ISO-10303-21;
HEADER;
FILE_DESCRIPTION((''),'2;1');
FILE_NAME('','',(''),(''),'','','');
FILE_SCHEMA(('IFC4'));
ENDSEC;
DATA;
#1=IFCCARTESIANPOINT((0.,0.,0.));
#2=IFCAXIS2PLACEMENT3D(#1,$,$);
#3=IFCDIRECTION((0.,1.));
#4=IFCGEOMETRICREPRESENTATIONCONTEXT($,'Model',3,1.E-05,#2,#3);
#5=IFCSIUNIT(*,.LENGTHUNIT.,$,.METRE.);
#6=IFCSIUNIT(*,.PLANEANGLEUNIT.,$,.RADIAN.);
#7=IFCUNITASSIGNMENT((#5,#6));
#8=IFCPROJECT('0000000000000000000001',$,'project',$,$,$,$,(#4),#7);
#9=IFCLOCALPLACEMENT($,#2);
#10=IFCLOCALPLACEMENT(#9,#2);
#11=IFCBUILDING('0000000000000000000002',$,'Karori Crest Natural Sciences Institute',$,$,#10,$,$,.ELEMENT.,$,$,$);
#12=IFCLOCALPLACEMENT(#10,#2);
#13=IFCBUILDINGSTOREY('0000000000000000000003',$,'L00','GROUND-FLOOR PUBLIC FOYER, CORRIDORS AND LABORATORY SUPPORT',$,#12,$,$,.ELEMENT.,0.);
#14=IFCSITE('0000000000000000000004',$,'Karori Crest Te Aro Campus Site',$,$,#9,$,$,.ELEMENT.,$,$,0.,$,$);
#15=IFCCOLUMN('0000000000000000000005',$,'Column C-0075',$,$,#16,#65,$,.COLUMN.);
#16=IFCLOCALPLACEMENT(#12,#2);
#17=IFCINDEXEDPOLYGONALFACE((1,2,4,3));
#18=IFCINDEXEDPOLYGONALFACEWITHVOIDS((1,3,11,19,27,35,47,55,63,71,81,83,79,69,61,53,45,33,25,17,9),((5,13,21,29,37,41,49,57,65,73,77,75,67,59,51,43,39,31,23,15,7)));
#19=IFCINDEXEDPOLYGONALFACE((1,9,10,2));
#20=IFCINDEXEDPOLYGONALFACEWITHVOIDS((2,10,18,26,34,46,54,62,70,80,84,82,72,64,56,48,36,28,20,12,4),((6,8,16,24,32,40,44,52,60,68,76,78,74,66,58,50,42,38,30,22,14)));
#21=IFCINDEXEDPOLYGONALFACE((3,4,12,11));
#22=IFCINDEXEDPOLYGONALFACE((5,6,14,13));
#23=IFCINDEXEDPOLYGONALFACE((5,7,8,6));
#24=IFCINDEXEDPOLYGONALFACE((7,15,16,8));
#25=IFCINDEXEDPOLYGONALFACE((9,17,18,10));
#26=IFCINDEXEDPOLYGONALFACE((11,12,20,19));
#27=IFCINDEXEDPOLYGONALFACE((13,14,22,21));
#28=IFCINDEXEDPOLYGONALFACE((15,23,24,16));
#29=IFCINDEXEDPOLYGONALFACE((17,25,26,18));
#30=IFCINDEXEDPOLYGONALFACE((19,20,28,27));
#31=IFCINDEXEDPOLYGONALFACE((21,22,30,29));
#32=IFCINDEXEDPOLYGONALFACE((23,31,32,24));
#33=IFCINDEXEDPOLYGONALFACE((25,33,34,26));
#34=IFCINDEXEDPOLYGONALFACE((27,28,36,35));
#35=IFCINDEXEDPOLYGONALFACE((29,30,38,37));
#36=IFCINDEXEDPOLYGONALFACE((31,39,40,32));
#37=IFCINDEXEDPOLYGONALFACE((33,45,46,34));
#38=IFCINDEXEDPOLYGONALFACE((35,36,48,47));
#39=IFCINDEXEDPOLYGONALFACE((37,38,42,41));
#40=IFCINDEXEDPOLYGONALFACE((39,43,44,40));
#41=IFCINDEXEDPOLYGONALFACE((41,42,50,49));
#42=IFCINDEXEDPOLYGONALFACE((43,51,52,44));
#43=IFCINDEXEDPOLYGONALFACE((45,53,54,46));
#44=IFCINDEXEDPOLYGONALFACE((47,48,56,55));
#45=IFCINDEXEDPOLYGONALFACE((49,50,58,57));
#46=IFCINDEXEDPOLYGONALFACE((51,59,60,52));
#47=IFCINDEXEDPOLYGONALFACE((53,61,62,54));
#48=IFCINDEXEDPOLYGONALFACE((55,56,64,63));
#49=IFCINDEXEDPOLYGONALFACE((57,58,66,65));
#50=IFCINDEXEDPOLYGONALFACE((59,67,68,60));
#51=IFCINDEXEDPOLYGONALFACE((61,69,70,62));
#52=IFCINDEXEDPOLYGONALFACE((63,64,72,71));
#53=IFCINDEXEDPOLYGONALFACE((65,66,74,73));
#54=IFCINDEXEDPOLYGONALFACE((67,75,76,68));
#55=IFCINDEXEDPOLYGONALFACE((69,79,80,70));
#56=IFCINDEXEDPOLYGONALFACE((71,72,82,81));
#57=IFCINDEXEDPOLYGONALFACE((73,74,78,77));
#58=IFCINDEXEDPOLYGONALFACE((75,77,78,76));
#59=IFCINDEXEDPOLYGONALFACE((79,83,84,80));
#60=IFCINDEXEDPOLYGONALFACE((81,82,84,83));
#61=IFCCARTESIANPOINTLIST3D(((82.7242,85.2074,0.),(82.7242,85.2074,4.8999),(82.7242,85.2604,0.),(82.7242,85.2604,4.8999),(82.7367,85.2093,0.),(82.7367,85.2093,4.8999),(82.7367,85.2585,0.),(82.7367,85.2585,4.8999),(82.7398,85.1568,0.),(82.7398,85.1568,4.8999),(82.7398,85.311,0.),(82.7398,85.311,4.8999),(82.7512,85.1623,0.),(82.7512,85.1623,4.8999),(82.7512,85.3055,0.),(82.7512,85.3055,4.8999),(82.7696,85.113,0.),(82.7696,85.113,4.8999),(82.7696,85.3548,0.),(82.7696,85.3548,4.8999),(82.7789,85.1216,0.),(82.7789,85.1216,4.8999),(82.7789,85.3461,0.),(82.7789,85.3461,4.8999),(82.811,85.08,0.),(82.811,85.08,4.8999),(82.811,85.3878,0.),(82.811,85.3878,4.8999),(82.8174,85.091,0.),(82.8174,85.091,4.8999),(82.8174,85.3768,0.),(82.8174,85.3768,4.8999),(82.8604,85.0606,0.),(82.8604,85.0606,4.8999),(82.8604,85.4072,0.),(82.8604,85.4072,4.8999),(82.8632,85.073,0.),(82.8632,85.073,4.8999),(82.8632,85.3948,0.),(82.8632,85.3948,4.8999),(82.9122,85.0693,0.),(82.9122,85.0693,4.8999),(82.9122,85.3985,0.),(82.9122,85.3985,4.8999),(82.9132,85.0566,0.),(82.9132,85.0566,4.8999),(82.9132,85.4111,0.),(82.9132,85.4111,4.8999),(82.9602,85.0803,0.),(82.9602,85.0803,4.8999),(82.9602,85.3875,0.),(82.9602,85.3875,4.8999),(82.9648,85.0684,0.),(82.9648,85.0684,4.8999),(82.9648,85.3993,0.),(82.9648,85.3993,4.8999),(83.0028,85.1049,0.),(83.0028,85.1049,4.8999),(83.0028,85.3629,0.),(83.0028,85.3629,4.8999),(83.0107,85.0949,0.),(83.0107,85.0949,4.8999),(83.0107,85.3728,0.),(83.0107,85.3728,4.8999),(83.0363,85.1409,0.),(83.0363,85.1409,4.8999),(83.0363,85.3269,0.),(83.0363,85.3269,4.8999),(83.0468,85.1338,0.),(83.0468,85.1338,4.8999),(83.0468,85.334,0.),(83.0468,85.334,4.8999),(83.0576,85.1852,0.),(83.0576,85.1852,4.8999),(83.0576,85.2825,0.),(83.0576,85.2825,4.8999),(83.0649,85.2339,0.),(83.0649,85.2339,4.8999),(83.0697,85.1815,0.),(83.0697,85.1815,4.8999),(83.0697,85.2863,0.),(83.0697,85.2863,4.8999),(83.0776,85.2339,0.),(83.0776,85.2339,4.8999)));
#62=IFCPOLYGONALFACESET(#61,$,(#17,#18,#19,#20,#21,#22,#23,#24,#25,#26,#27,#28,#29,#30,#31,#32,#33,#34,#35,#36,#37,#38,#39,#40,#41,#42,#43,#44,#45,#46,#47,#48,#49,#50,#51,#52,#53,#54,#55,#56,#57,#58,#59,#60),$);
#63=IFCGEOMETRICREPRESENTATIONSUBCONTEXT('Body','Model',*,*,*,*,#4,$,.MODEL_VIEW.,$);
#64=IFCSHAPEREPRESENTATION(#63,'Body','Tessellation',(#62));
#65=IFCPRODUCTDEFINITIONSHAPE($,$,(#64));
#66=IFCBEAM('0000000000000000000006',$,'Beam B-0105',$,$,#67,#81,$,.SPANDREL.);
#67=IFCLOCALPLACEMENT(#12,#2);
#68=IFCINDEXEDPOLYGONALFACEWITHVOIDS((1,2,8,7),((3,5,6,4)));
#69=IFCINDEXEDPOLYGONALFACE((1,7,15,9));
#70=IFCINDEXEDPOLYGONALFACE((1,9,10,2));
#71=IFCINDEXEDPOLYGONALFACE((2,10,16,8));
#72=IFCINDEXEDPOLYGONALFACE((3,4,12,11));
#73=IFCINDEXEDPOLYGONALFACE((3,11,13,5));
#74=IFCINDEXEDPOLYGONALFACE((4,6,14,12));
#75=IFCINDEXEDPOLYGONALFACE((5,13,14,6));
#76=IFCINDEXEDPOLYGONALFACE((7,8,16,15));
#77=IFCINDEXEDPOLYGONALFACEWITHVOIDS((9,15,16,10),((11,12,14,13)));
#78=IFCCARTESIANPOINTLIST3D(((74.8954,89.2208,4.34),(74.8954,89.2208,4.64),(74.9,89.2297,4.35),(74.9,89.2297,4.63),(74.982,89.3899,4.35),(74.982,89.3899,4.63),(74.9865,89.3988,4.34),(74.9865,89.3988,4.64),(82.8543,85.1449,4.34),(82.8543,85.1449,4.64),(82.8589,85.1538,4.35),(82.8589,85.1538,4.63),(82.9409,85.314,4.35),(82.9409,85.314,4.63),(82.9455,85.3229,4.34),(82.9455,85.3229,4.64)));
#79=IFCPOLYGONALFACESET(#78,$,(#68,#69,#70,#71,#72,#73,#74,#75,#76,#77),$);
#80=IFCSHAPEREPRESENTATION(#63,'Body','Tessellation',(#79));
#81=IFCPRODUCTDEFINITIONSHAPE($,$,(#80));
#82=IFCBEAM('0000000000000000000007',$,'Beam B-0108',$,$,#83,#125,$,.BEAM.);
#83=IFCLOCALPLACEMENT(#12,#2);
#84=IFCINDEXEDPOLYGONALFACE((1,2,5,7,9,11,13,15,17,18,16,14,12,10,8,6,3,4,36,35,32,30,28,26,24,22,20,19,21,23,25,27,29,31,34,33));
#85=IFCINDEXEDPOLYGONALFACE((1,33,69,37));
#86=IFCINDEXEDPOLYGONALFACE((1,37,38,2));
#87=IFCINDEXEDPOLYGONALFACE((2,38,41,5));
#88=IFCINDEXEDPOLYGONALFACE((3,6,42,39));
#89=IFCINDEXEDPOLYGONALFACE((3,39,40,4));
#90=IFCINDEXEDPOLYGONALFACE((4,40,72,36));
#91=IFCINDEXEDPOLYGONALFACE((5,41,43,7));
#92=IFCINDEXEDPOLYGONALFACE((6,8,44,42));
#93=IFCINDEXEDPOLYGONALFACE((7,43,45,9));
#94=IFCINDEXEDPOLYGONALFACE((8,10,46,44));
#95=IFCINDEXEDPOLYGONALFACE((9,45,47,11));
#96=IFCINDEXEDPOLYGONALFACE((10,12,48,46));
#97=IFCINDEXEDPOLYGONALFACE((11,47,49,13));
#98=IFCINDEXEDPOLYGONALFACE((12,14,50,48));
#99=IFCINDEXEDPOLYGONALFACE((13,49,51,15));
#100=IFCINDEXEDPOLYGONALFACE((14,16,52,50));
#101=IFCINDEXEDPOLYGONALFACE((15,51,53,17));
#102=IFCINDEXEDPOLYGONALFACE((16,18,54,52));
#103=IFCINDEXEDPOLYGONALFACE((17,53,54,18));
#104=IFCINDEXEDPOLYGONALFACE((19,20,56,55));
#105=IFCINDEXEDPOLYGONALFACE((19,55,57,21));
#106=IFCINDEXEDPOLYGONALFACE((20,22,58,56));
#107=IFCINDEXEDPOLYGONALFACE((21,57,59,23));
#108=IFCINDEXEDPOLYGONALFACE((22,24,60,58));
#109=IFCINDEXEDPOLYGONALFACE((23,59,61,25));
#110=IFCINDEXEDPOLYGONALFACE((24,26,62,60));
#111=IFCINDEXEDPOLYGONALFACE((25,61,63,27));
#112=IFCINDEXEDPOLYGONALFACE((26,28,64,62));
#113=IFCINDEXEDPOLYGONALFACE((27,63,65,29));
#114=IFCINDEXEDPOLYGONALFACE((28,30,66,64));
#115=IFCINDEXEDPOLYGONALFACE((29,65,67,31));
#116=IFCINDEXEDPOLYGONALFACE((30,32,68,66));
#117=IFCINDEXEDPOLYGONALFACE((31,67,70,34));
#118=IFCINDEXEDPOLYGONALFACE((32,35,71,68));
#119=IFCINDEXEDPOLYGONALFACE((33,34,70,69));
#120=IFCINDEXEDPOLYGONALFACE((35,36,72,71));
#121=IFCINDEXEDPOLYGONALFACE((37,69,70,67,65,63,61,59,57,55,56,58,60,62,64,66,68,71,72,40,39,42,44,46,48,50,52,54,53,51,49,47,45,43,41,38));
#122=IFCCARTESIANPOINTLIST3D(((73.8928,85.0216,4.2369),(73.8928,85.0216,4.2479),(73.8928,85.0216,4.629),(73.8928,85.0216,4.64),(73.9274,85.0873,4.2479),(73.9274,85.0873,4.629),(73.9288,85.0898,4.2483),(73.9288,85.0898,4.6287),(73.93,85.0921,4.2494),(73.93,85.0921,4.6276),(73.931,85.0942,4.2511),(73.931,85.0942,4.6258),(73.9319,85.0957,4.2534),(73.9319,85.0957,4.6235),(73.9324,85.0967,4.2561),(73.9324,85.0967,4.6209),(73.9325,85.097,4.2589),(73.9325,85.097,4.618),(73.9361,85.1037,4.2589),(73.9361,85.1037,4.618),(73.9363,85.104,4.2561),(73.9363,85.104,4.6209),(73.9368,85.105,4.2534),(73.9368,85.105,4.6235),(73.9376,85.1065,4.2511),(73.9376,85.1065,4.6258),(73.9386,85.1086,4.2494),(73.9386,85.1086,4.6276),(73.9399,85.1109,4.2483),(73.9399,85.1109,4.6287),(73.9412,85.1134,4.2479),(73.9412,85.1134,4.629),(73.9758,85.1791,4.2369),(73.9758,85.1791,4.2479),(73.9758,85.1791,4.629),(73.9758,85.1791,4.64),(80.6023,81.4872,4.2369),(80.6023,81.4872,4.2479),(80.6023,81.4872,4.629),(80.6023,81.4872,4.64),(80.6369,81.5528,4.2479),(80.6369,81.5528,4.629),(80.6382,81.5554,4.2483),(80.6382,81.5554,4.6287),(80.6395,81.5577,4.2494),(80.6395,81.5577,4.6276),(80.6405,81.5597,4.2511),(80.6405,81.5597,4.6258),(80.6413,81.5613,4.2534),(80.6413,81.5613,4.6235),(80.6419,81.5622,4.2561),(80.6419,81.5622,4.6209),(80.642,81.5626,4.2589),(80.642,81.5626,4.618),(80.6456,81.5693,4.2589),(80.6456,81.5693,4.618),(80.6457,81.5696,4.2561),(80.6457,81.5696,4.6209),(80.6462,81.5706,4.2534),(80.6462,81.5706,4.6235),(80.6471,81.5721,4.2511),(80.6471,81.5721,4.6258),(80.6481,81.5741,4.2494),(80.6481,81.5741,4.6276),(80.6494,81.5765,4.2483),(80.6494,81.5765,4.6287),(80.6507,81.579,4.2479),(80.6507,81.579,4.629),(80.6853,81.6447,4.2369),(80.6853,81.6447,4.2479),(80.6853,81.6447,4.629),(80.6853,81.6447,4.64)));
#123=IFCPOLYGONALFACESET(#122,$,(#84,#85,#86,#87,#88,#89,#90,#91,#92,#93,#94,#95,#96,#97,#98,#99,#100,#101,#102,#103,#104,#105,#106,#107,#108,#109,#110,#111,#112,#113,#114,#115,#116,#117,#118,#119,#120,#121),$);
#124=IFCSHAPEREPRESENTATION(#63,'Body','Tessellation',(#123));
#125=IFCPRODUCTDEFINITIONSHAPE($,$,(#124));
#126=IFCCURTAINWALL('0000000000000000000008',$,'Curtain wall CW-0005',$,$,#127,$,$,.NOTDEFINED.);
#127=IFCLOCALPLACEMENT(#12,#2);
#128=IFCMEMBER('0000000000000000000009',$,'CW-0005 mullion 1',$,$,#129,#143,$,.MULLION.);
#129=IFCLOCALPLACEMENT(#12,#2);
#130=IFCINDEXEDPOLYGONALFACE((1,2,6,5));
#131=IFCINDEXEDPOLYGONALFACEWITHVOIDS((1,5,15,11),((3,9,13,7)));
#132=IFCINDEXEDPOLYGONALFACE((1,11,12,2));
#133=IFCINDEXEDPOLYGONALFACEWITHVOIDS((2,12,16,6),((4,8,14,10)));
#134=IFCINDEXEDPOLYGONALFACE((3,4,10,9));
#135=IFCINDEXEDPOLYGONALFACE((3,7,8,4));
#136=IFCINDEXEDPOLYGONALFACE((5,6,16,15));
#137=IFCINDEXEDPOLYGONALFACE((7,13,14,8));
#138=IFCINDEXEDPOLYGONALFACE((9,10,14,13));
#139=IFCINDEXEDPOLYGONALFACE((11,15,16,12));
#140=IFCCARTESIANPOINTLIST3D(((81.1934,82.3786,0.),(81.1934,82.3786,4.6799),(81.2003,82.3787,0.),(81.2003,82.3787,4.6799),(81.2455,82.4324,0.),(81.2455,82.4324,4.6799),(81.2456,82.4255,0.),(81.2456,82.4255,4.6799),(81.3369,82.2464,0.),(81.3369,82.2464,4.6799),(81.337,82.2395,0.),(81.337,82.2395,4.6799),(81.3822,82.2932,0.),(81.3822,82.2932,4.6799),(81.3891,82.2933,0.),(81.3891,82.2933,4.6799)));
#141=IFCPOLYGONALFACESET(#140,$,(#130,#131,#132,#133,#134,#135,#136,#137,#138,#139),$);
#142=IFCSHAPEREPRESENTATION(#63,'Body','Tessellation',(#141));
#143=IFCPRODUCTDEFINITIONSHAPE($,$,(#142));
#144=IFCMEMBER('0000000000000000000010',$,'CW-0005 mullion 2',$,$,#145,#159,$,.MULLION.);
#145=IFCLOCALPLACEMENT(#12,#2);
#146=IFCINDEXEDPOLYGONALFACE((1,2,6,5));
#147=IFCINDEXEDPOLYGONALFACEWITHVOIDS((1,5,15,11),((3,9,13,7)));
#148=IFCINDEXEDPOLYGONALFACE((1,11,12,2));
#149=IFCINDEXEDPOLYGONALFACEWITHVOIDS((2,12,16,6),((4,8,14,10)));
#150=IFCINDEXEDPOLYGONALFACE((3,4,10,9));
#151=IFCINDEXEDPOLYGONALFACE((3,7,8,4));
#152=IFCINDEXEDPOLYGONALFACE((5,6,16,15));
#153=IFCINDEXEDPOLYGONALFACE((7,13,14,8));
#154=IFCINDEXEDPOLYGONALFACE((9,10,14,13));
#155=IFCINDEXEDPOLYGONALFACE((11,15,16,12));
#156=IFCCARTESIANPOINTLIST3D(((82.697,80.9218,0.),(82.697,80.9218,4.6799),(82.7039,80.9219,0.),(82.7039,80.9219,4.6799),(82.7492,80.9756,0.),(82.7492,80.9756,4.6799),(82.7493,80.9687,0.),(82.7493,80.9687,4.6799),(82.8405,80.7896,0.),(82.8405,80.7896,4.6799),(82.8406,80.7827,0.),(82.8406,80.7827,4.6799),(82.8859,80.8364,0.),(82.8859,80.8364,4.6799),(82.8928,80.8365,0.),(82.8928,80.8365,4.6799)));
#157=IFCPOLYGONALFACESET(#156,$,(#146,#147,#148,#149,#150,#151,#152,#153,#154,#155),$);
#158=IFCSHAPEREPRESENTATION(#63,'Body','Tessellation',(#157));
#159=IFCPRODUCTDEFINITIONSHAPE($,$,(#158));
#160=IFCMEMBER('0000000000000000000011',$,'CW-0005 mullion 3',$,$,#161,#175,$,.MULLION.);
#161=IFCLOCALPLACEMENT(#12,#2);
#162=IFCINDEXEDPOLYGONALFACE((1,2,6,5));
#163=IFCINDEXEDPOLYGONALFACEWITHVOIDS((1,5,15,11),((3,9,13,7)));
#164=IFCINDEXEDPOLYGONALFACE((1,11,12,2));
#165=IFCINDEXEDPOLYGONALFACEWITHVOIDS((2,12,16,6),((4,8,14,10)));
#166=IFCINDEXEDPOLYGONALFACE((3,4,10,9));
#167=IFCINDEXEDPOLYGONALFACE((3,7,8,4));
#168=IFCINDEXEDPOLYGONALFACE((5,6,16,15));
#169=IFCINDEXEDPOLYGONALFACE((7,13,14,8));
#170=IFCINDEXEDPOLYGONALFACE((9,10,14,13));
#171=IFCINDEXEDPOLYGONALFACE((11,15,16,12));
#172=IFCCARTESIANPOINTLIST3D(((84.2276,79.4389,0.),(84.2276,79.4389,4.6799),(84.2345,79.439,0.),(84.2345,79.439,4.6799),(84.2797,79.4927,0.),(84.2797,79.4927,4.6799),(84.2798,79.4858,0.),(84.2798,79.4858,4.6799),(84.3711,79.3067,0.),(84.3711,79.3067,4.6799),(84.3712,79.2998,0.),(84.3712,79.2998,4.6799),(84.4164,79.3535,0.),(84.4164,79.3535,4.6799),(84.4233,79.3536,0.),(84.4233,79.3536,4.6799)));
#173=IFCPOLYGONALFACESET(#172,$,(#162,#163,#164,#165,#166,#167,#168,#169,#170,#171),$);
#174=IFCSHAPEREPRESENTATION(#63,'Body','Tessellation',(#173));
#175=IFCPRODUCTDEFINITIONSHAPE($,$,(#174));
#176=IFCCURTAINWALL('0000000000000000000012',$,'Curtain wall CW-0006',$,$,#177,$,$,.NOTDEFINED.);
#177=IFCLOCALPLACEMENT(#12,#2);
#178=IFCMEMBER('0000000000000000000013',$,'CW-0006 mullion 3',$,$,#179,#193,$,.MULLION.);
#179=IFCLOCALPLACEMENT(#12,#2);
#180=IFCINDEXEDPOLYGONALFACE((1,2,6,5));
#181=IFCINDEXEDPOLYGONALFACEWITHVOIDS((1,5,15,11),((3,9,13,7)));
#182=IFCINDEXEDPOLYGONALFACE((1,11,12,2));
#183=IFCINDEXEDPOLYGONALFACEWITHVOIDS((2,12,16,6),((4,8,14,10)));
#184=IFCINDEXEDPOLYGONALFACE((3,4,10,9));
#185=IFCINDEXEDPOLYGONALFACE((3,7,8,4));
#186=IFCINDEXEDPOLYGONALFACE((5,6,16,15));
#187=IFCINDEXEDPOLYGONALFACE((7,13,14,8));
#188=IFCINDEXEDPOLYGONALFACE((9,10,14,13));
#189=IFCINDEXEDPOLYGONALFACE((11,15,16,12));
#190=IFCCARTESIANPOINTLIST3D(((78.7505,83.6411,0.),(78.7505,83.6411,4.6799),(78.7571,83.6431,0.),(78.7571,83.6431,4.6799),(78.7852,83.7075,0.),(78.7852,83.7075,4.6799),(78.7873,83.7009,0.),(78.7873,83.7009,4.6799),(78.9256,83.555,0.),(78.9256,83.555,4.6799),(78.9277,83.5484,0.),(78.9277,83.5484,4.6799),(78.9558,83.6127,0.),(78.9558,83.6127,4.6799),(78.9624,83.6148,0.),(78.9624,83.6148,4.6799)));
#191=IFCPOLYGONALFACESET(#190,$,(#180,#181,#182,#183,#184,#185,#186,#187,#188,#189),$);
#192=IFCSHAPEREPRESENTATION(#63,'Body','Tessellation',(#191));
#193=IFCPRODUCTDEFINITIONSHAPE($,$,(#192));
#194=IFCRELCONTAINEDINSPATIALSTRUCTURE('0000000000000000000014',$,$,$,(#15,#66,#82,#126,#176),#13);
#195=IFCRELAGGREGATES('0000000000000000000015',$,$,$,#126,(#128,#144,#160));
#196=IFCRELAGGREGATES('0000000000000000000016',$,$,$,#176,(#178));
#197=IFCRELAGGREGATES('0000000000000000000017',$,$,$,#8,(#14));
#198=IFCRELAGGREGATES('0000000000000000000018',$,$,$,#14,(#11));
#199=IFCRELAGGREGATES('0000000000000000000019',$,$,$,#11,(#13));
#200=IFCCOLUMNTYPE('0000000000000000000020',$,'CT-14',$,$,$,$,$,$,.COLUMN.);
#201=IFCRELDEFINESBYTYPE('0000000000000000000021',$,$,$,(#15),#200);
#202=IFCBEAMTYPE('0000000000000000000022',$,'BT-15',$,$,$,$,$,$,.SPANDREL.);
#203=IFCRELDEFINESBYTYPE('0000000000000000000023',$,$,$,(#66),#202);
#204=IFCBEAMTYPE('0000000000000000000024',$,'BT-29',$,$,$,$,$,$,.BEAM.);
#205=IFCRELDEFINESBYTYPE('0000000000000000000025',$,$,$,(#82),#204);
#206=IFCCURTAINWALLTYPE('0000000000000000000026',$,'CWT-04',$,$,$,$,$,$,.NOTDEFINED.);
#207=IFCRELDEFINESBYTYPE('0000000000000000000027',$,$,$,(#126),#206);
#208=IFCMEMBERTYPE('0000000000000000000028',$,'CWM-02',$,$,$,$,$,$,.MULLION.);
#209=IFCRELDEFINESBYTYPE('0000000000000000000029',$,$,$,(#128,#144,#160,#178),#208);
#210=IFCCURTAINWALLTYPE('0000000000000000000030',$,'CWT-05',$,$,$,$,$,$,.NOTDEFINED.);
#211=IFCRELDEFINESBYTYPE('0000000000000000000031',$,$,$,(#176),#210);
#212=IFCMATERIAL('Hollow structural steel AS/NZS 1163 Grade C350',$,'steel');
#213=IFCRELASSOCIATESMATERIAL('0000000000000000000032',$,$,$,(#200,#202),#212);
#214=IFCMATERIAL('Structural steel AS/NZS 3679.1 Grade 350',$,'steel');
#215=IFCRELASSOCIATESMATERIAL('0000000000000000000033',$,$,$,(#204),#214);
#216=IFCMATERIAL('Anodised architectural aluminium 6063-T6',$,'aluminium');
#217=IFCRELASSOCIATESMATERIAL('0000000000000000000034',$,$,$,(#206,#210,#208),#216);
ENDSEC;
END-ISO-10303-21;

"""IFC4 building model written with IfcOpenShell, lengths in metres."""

from ifc_helpers import new_model, si_unit, direction, frame, origin, origin_2d, place, context, subcontext, project, spatial, hollow_rectangle, hollow_circle, i_section, extrude, material, material_profile, profile_set, type_object, element, aggregate, save


model = new_model("IFC4")

# Units and contexts
model_context = context("Model", 3, precision=1e-05, world=origin(), true_north=direction((0.0, 1.0)))
body_context = subcontext(model_context, "Body", "Model", "MODEL_VIEW")
ifc_project = project(units=[si_unit("LENGTHUNIT", "METRE"), si_unit("PLANEANGLEUNIT", "RADIAN")], contexts=[model_context])

# Site, building, storey
site_placement = place(None, origin())
site = spatial("IfcSite", under=ifc_project, at=site_placement, Name="Karori Crest Te Aro Campus Site", CompositionType="ELEMENT", RefElevation=0.0)
building_placement = place(site_placement, origin())
building = spatial("IfcBuilding", under=site, at=building_placement, Name="Karori Crest Natural Sciences Institute", CompositionType="ELEMENT")
storey_placement = place(building_placement, origin())
storey = spatial("IfcBuildingStorey", under=building, at=storey_placement, Name="L00", Description="GROUND-FLOOR PUBLIC FOYER, CORRIDORS AND LABORATORY SUPPORT", CompositionType="ELEMENT", Elevation=0.0)

# Column
ifc_material_1 = material(Name="Hollow structural steel AS/NZS 1163 Grade C350", Category="steel")
ifc_material_profile_1 = material_profile(ifc_material_1, hollow_circle(Radius=0.1777, WallThickness=0.0127, at=origin_2d()), Name="CHS355.6x12.7")
ifc_profile_set_1 = profile_set([ifc_material_profile_1], Name="Hollow structural steel AS/NZS 1163 Grade C350")
column_type = type_object("IfcColumnType", Name="CT-14", PredefinedType="COLUMN", material=ifc_profile_set_1)
column_placement = place(storey_placement, frame((82.8999, 85.2339, 0.0), z_axis=(0.0, 0.0, 1.0), x_axis=(1.0, 0.0, 0.0)))
element("IfcColumn", 1, at=column_placement, inside=storey, type_object=column_type, Name="Column C-0075", PredefinedType="COLUMN", context=body_context, shape_type="SweptSolid", body=[
    extrude(hollow_circle(Radius=0.1777, WallThickness=0.0127, at=origin_2d()), origin(), (0.0, 0.0, 1.0), 4.8999),
])

# Beams
ifc_material_profile_2 = material_profile(ifc_material_1, hollow_rectangle(XDim=0.2, YDim=0.3, WallThickness=0.01, at=origin_2d()), Name="RHS300x200x10")
ifc_profile_set_2 = profile_set([ifc_material_profile_2], Name="Hollow structural steel AS/NZS 1163 Grade C350")
beam_type_1 = type_object("IfcBeamType", Name="BT-15", PredefinedType="SPANDREL", material=ifc_profile_set_2)
beam_1_placement = place(storey_placement, frame((82.8999, 85.2339, 4.49), z_axis=(-0.890072, 0.45582, 0.0), x_axis=(-0.45582, -0.890072, 0.0)))
element("IfcBeam", 2, at=beam_1_placement, inside=storey, type_object=beam_type_1, Name="Beam B-0105", PredefinedType="SPANDREL", context=body_context, shape_type="SweptSolid", body=[
    extrude(hollow_rectangle(XDim=0.2, YDim=0.3, WallThickness=0.01, at=origin_2d()), origin(), (0.0, 0.0, 1.0), 8.9419),
])
ifc_material_2 = material(Name="Structural steel AS/NZS 3679.1 Grade 350", Category="steel")
ifc_material_profile_3 = material_profile(ifc_material_2, i_section(OverallWidth=0.178, OverallDepth=0.4031, WebThickness=0.0076, FlangeThickness=0.011, FilletRadius=0.011, at=origin_2d()), Name="410UB53.7")
ifc_profile_set_3 = profile_set([ifc_material_profile_3], Name="Structural steel AS/NZS 3679.1 Grade 350")
beam_type_2 = type_object("IfcBeamType", Name="BT-29", PredefinedType="BEAM", material=ifc_profile_set_3)
beam_2_placement = place(storey_placement, frame((80.6438, 81.5659, 4.4385), z_axis=(-0.884748, 0.466069, 0.0), x_axis=(-0.466069, -0.884748, 0.0)))
element("IfcBeam", 3, at=beam_2_placement, inside=storey, type_object=beam_type_2, Name="Beam B-0108", PredefinedType="BEAM", context=body_context, shape_type="SweptSolid", body=[
    extrude(i_section(OverallWidth=0.178, OverallDepth=0.4031, WebThickness=0.0076, FlangeThickness=0.011, FilletRadius=0.011, at=origin_2d()), origin(), (0.0, 0.0, 1.0), 7.5835),
])

# Curtain walls, members
ifc_material_3 = material(Name="Anodised architectural aluminium 6063-T6", Category="aluminium")
curtain_wall_type_1 = type_object("IfcCurtainWallType", Name="CWT-04", PredefinedType="NOTDEFINED", material=ifc_material_3)
curtain_wall_1_placement = place(storey_placement, origin())
curtain_wall_1 = element("IfcCurtainWall", 4, at=curtain_wall_1_placement, inside=storey, type_object=curtain_wall_type_1, Name="Curtain wall CW-0005", PredefinedType="NOTDEFINED")
ifc_material_profile_4 = material_profile(ifc_material_3, hollow_rectangle(XDim=0.075, YDim=0.2, WallThickness=0.0049, at=origin_2d()), Name="CWM200x75x5")
ifc_profile_set_4 = profile_set([ifc_material_profile_4], Name="Anodised architectural aluminium 6063-T6")
member_type_1 = type_object("IfcMemberType", Name="CWM-02", PredefinedType="MULLION", material=ifc_profile_set_4)
member_1_placement = place(storey_placement, frame((81.2913, 82.3359, 0.0), z_axis=(0.0, 0.0, 1.0), x_axis=(0.695839, 0.718198, 0.0)))
member_1 = element("IfcMember", 5, at=member_1_placement, type_object=member_type_1, Name="CW-0005 mullion 1", PredefinedType="MULLION", context=body_context, shape_type="SweptSolid", body=[
    extrude(hollow_rectangle(XDim=0.075, YDim=0.2, WallThickness=0.0049, at=origin_2d()), origin(), (0.0, 0.0, 1.0), 4.6799),
])
member_2_placement = place(storey_placement, frame((82.7949, 80.8792, 0.0), z_axis=(0.0, 0.0, 1.0), x_axis=(0.695839, 0.718198, 0.0)))
member_2 = element("IfcMember", 6, at=member_2_placement, type_object=member_type_1, Name="CW-0005 mullion 2", PredefinedType="MULLION", context=body_context, shape_type="SweptSolid", body=[
    extrude(hollow_rectangle(XDim=0.075, YDim=0.2, WallThickness=0.0049, at=origin_2d()), origin(), (0.0, 0.0, 1.0), 4.6799),
])
member_3_placement = place(storey_placement, frame((84.3254, 79.3962, 0.0), z_axis=(0.0, 0.0, 1.0), x_axis=(0.695839, 0.718198, 0.0)))
member_3 = element("IfcMember", 7, at=member_3_placement, type_object=member_type_1, Name="CW-0005 mullion 3", PredefinedType="MULLION", context=body_context, shape_type="SweptSolid", body=[
    extrude(hollow_rectangle(XDim=0.075, YDim=0.2, WallThickness=0.0049, at=origin_2d()), origin(), (0.0, 0.0, 1.0), 4.6799),
])
curtain_wall_type_2 = type_object("IfcCurtainWallType", Name="CWT-05", PredefinedType="NOTDEFINED", material=ifc_material_3)
curtain_wall_2_placement = place(storey_placement, origin())
curtain_wall_2 = element("IfcCurtainWall", 8, at=curtain_wall_2_placement, inside=storey, type_object=curtain_wall_type_2, Name="Curtain wall CW-0006", PredefinedType="NOTDEFINED")
member_4_placement = place(storey_placement, frame((78.8564, 83.6279, 0.0), z_axis=(0.0, 0.0, 1.0), x_axis=(0.463426, 0.886136, 0.0)))
member_4 = element("IfcMember", 9, at=member_4_placement, type_object=member_type_1, Name="CW-0006 mullion 3", PredefinedType="MULLION", context=body_context, shape_type="SweptSolid", body=[
    extrude(hollow_rectangle(XDim=0.075, YDim=0.2, WallThickness=0.0049, at=origin_2d()), origin(), (0.0, 0.0, 1.0), 4.6799),
])

aggregate(curtain_wall_1, [member_1, member_2, member_3])
aggregate(curtain_wall_2, [member_4])

save(model, "model.ifc")
